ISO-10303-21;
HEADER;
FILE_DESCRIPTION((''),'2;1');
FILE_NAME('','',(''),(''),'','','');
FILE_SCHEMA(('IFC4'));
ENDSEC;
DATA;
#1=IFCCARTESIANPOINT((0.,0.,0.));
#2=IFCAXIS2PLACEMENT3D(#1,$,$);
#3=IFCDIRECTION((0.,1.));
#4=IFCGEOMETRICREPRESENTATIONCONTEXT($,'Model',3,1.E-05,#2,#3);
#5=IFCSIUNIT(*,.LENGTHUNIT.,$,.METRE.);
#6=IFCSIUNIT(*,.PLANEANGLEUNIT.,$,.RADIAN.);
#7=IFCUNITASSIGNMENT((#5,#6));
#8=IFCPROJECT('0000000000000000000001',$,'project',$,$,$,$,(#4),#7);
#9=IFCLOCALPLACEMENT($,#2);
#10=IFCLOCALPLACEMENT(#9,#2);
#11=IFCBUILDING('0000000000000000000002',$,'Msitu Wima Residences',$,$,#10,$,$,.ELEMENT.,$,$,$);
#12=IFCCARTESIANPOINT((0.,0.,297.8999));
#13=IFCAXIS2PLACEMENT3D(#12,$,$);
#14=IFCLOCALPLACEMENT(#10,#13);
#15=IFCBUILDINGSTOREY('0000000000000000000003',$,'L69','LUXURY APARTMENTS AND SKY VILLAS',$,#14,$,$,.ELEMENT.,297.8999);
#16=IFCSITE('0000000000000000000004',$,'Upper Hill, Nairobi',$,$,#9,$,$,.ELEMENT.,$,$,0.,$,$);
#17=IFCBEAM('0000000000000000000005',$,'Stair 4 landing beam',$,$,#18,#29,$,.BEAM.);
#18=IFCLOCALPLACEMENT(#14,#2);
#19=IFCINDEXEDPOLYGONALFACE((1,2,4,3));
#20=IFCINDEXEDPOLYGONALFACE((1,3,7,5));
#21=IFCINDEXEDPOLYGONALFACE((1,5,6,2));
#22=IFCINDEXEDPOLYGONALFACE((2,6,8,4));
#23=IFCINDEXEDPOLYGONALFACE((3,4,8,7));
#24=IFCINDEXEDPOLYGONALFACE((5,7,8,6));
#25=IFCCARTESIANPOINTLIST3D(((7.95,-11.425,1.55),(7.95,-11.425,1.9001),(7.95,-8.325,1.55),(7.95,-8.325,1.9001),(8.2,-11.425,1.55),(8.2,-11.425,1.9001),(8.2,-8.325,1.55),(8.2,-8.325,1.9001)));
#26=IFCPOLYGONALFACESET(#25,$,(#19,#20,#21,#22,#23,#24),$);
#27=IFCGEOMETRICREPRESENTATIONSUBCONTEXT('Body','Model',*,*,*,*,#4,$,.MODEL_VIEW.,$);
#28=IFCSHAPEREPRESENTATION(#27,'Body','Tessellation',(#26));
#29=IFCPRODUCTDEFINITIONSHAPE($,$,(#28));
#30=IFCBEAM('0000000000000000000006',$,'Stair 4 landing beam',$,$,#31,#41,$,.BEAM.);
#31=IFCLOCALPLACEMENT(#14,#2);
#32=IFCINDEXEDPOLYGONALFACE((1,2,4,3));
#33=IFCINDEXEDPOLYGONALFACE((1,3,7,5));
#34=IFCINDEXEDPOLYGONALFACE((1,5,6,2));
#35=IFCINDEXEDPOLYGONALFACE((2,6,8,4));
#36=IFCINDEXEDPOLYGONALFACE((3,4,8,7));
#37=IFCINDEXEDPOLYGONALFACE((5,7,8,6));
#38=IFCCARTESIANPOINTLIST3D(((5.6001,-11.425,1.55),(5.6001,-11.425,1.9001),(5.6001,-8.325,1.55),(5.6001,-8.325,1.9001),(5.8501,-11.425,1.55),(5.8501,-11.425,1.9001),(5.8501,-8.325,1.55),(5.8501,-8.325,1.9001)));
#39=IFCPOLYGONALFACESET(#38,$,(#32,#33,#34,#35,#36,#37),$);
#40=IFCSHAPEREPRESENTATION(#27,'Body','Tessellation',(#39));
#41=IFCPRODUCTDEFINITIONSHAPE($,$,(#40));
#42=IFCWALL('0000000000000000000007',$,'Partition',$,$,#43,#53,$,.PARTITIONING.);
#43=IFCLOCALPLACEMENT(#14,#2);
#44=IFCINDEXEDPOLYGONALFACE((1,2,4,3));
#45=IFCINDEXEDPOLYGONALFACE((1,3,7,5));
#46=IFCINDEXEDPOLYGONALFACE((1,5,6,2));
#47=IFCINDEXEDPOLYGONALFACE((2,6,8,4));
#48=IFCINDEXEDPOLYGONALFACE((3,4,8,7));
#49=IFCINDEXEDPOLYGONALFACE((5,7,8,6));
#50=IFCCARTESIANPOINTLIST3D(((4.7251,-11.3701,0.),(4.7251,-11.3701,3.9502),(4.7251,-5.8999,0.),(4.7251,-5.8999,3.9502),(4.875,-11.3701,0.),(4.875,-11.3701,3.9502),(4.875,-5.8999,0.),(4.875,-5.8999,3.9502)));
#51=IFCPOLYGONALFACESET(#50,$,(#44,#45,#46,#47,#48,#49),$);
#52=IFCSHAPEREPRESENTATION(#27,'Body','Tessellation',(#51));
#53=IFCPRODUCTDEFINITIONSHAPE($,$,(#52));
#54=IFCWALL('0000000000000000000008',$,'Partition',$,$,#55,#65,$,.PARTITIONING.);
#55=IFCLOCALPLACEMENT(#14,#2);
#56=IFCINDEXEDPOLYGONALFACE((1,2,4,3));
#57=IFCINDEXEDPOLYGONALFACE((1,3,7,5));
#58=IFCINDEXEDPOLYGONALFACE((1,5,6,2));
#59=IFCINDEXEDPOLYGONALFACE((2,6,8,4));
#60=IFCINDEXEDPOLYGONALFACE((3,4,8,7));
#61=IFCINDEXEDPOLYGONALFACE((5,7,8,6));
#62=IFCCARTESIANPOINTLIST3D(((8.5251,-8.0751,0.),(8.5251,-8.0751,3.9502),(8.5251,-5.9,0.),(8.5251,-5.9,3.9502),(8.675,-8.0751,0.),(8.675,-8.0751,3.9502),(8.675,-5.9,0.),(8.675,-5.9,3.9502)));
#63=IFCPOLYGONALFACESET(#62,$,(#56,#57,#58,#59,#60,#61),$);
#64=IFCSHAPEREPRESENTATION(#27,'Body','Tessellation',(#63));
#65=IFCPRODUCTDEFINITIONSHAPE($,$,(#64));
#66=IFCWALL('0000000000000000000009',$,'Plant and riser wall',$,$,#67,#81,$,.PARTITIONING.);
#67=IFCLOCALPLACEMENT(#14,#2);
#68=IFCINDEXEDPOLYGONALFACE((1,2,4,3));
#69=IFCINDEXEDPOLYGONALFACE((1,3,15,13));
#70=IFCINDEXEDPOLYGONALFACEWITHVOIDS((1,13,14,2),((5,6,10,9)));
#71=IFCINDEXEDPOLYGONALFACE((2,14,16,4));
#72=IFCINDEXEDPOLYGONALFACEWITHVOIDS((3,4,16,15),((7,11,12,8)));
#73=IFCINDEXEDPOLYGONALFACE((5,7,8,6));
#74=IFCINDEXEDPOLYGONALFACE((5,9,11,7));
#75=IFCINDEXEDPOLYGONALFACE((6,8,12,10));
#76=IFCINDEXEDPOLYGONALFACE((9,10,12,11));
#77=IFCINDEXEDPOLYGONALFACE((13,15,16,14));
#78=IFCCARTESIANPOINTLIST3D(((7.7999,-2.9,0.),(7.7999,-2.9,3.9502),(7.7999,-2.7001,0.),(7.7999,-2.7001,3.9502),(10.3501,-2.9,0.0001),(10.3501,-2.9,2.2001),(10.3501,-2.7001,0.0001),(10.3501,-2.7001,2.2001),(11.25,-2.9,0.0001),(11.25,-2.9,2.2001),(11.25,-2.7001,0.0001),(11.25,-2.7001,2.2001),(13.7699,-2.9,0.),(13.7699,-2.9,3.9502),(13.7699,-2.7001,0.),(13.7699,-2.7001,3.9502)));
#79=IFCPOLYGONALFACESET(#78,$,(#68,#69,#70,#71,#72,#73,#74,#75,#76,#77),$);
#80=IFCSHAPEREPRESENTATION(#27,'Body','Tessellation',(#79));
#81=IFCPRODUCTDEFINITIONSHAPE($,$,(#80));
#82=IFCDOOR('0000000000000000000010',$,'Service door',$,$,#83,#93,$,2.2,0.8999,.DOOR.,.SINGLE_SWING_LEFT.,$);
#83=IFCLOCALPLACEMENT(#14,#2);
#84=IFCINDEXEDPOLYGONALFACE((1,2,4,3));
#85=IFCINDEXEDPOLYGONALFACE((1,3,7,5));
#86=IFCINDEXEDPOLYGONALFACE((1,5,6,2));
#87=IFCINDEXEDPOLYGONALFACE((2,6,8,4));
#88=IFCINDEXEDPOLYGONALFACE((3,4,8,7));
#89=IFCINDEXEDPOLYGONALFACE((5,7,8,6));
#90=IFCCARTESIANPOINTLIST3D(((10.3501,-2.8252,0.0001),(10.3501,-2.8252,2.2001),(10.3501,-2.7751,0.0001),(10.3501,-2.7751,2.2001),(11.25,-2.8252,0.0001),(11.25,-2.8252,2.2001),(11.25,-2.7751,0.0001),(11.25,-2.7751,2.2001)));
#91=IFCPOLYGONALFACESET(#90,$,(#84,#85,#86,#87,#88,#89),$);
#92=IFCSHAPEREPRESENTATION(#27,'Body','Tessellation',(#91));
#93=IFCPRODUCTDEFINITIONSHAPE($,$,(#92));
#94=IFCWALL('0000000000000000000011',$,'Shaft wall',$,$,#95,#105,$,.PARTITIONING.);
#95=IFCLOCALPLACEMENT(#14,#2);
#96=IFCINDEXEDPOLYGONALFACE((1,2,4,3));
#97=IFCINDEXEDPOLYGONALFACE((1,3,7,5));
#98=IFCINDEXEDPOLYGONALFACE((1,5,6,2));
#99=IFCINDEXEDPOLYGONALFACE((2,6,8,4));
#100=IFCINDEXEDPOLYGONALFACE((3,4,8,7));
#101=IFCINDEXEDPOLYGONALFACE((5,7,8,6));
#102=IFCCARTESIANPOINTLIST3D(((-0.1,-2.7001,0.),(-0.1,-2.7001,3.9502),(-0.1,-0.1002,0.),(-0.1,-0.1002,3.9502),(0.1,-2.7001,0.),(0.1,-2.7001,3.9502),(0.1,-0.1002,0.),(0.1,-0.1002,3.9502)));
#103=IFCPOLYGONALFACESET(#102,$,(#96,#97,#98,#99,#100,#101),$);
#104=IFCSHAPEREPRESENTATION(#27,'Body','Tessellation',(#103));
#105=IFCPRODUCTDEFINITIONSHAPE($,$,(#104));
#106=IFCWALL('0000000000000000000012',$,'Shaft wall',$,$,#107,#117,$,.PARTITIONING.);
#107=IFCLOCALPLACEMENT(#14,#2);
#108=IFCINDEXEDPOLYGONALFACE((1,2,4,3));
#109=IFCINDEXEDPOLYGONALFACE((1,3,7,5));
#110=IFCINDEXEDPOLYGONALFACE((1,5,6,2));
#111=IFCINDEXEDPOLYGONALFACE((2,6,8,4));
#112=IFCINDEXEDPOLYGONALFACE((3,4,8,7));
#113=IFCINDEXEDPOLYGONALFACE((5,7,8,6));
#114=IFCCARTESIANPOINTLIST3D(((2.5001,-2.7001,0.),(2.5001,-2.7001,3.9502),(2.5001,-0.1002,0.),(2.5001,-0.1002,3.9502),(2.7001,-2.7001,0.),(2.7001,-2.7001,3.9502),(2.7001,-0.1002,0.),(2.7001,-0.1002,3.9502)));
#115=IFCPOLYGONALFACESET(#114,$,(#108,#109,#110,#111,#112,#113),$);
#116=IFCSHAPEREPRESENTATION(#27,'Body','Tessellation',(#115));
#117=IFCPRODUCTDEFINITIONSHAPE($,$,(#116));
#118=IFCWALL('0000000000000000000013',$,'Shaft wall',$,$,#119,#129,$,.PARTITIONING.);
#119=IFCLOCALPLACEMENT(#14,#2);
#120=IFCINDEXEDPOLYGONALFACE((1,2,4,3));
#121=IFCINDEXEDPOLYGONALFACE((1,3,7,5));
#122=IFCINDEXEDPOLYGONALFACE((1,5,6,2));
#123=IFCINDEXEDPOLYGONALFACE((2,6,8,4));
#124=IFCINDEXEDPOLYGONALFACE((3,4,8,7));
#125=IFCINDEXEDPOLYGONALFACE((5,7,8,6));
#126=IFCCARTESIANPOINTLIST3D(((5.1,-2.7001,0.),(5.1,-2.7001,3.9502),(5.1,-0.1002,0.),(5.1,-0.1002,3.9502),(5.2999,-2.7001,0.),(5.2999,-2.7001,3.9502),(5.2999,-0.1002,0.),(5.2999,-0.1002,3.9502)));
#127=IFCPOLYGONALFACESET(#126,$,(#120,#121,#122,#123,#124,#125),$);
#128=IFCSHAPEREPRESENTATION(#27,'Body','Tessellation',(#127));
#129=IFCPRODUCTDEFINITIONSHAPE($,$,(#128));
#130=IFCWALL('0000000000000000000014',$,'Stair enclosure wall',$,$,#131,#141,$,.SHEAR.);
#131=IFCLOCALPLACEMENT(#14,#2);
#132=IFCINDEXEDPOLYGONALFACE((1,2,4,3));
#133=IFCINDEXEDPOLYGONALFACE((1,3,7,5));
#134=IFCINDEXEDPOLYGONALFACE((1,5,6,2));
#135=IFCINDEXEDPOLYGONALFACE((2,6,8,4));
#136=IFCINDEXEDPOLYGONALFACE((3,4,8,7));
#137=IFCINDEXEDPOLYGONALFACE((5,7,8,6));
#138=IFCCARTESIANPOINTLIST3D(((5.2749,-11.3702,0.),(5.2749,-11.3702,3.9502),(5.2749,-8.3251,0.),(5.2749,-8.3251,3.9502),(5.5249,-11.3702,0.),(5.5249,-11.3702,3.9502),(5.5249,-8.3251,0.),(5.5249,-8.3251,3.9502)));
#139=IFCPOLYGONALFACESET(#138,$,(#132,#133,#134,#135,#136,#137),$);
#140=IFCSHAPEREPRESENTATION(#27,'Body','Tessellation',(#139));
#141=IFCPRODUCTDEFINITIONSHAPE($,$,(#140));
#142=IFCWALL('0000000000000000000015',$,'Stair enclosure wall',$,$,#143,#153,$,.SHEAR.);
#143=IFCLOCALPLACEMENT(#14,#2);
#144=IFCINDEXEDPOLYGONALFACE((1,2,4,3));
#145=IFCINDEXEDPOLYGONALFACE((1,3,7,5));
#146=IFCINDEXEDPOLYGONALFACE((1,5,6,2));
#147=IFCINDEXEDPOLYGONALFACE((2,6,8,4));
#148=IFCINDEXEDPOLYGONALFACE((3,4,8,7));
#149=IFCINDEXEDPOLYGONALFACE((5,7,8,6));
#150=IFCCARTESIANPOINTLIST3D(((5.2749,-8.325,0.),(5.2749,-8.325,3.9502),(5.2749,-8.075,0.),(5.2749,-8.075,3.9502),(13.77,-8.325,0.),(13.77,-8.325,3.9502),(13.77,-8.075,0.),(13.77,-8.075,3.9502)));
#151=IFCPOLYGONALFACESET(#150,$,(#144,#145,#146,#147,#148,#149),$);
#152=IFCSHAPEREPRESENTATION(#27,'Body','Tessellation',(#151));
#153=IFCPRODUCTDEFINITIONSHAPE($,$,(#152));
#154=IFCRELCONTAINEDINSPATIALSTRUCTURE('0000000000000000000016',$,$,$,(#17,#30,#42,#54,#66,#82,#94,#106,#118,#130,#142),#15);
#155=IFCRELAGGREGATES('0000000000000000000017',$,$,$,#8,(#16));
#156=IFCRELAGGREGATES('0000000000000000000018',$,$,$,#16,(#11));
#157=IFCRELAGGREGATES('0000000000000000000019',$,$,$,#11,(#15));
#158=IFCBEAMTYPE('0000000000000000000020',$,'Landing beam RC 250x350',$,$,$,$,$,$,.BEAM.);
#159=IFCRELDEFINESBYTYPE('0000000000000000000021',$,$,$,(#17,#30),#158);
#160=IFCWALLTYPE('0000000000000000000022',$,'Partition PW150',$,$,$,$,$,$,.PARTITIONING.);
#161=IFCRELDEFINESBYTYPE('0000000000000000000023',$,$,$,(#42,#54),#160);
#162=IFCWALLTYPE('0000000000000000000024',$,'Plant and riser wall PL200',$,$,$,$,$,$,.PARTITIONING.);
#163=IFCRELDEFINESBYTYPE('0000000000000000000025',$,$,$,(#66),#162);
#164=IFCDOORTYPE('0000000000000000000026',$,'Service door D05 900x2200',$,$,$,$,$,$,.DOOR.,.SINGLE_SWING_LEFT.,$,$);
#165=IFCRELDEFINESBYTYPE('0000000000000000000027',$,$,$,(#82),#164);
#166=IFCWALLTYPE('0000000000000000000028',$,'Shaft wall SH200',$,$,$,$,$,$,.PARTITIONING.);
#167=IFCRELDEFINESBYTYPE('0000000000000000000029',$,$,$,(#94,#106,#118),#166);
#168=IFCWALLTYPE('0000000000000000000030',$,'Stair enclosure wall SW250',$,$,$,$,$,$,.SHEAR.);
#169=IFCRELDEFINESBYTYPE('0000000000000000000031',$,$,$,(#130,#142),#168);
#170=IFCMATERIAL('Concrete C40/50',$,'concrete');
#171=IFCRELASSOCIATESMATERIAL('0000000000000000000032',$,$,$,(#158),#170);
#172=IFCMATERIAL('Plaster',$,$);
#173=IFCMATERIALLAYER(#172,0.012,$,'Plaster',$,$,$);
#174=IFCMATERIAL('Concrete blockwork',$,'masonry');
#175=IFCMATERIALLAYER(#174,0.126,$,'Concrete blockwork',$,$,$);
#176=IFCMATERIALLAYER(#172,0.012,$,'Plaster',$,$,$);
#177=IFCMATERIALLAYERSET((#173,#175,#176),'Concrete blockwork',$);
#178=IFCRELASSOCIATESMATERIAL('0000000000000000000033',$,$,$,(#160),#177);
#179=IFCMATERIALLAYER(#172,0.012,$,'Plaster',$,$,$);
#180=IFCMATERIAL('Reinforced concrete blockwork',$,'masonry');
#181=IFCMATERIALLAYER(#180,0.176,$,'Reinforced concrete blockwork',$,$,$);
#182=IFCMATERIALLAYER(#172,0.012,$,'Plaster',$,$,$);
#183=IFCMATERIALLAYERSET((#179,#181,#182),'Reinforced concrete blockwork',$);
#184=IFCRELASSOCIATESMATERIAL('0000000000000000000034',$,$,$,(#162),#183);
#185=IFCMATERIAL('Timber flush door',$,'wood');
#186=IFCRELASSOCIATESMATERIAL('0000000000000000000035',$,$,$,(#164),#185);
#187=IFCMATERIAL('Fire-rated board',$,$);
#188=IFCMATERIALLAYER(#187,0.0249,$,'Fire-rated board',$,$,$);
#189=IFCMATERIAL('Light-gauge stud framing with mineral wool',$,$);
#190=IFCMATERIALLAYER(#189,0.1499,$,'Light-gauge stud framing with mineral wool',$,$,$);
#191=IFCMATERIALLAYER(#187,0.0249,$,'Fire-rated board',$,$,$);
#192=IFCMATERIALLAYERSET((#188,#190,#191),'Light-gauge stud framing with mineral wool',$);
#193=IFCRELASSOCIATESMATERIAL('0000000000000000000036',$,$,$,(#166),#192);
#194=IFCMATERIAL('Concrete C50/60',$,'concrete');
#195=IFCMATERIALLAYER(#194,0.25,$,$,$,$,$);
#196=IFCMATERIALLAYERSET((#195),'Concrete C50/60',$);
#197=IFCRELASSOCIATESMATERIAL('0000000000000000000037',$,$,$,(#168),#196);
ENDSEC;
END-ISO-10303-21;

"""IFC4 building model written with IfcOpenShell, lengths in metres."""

from ifc_helpers import new_model, si_unit, direction, frame, frame_2d, origin, origin_2d, place, context, subcontext, project, spatial, rectangle, extrude, material, layer, layer_set, material_profile, profile_set, type_object, element, fill, save


model = new_model("IFC4")

# Units and contexts
model_context = context("Model", 3, precision=1e-05, world=origin(), true_north=direction((0.0, 1.0)))
body_context = subcontext(model_context, "Body", "Model", "MODEL_VIEW")
ifc_project = project(units=[si_unit("LENGTHUNIT", "METRE"), si_unit("PLANEANGLEUNIT", "RADIAN")], contexts=[model_context])

# Site, building, storey
site_placement = place(None, origin())
site = spatial("IfcSite", under=ifc_project, at=site_placement, Name="Upper Hill, Nairobi", CompositionType="ELEMENT", RefElevation=0.0)
building_placement = place(site_placement, origin())
building = spatial("IfcBuilding", under=site, at=building_placement, Name="Msitu Wima Residences", CompositionType="ELEMENT")
storey_placement = place(building_placement, frame((0.0, 0.0, 297.8999)))
storey = spatial("IfcBuildingStorey", under=building, at=storey_placement, Name="L69", Description="LUXURY APARTMENTS AND SKY VILLAS", CompositionType="ELEMENT", Elevation=297.8999)

# Beams
ifc_material_1 = material(Name="Concrete C40/50", Category="concrete")
ifc_material_profile = material_profile(ifc_material_1, rectangle(XDim=0.25, YDim=0.3501, at=origin_2d()), Name="RC 250x350")
ifc_profile_set = profile_set([ifc_material_profile], Name="Concrete C40/50")
beam_type = type_object("IfcBeamType", Name="Landing beam RC 250x350", PredefinedType="BEAM", material=ifc_profile_set)
for number, where, z_axis, x_axis, name in (
    (1, (8.075, -11.425, 1.7251), (0.0, 1.0, 0.0), (-1.0, 0.0, 0.0), "Stair 4 landing beam"),
    (2, (5.7251, -11.425, 1.7251), (0.0, 1.0, 0.0), (-1.0, 0.0, 0.0), "Stair 4 landing beam"),
):
    element("IfcBeam", number, at=place(storey_placement, frame(where, z_axis=z_axis, x_axis=x_axis)), inside=storey, type_object=beam_type, Name=name, PredefinedType="BEAM", context=body_context, shape_type="SweptSolid", body=[
        extrude(rectangle(XDim=0.25, YDim=0.3501, at=origin_2d()), origin(), (0.0, 0.0, 1.0), 3.1001),
    ])

# Shared definitions
ifc_material_2 = material(Name="Concrete C50/60", Category="concrete")

# Shared definitions
ifc_material_3 = material(Name="Plaster")
ifc_material_4 = material(Name="Concrete blockwork", Category="masonry")

# Walls
ifc_layer_1 = layer(ifc_material_3, 0.012, Name="Plaster")
ifc_layer_2 = layer(ifc_material_4, 0.126, Name="Concrete blockwork")
ifc_layer_3 = layer(ifc_material_3, 0.012, Name="Plaster")
ifc_layer_set_1 = layer_set([ifc_layer_1, ifc_layer_2, ifc_layer_3], Name="Concrete blockwork")
wall_type_1 = type_object("IfcWallType", Name="Partition PW150", PredefinedType="PARTITIONING", material=ifc_layer_set_1)
wall_1_placement = place(storey_placement, frame((4.8, -11.3701, 0.0), z_axis=(0.0, 0.0, 1.0), x_axis=(0.0, 1.0, 0.0)))
element("IfcWall", 3, at=wall_1_placement, inside=storey, type_object=wall_type_1, Name="Partition", PredefinedType="PARTITIONING", context=body_context, shape_type="SweptSolid", body=[
    extrude(rectangle(XDim=5.4702, YDim=0.1499, at=frame_2d((2.7351, 0.0))), origin(), (0.0, 0.0, 1.0), 3.9502),
])
wall_2_placement = place(storey_placement, frame((8.6001, -8.075, 0.0), z_axis=(0.0, 0.0, 1.0), x_axis=(0.0, 1.0, 0.0)))
element("IfcWall", 4, at=wall_2_placement, inside=storey, type_object=wall_type_1, Name="Partition", PredefinedType="PARTITIONING", context=body_context, shape_type="SweptSolid", body=[
    extrude(rectangle(XDim=2.175, YDim=0.1499, at=frame_2d((1.0874, 0.0))), origin(), (0.0, 0.0, 1.0), 3.9502),
])

# Wall, opening, door
ifc_layer_4 = layer(ifc_material_3, 0.012, Name="Plaster")
ifc_material_5 = material(Name="Reinforced concrete blockwork", Category="masonry")
ifc_layer_5 = layer(ifc_material_5, 0.176, Name="Reinforced concrete blockwork")
ifc_layer_6 = layer(ifc_material_3, 0.012, Name="Plaster")
ifc_layer_set_2 = layer_set([ifc_layer_4, ifc_layer_5, ifc_layer_6], Name="Reinforced concrete blockwork")
wall_type_2 = type_object("IfcWallType", Name="Plant and riser wall PL200", PredefinedType="PARTITIONING", material=ifc_layer_set_2)
wall_3_placement = place(storey_placement, frame((7.8, -2.8, 0.0), z_axis=(0.0, 0.0, 1.0), x_axis=(1.0, 0.0, 0.0)))
wall_3 = element("IfcWall", 5, at=wall_3_placement, inside=storey, type_object=wall_type_2, Name="Plant and riser wall", PredefinedType="PARTITIONING", context=body_context, shape_type="SweptSolid", body=[
    extrude(rectangle(XDim=5.97, YDim=0.2, at=frame_2d((2.9849, 0.0))), origin(), (0.0, 0.0, 1.0), 3.9502),
])
opening_1_placement = place(wall_3_placement, frame((2.55, 0.0, 0.0)))
opening_1 = element("IfcOpeningElement", 6, at=opening_1_placement, cuts=wall_3, PredefinedType="OPENING", context=body_context, shape_type="SweptSolid", body=[
    extrude(rectangle(XDim=0.8999, YDim=2.2, at=frame_2d((0.45, 1.1001))), frame((0.0, 0.1099, 0.0), z_axis=(0.0, -1.0, 0.0), x_axis=(1.0, 0.0, 0.0)), (0.0, 0.0, 1.0), 0.22),
])
ifc_material_6 = material(Name="Timber flush door", Category="wood")
door_type_1 = type_object("IfcDoorType", Name="Service door D05 900x2200", OperationType="SINGLE_SWING_LEFT", PredefinedType="DOOR", material=ifc_material_6)
door_1_placement = place(opening_1_placement, origin())
door_1 = element("IfcDoor", 7, at=door_1_placement, inside=storey, type_object=door_type_1, Name="Service door", OperationType="SINGLE_SWING_LEFT", OverallHeight=2.2, OverallWidth=0.8999, PredefinedType="DOOR", context=body_context, shape_type="SweptSolid", body=[
    extrude(rectangle(XDim=0.8999, YDim=2.2, at=frame_2d((0.45, 1.1001))), frame((0.0, 0.0249, 0.0), z_axis=(0.0, -1.0, 0.0), x_axis=(1.0, 0.0, 0.0)), (0.0, 0.0, 1.0), 0.05),
])
fill(opening_1, door_1)

# Walls
ifc_material_7 = material(Name="Fire-rated board")
ifc_layer_7 = layer(ifc_material_7, 0.0249, Name="Fire-rated board")
ifc_material_8 = material(Name="Light-gauge stud framing with mineral wool")
ifc_layer_8 = layer(ifc_material_8, 0.1499, Name="Light-gauge stud framing with mineral wool")
ifc_layer_9 = layer(ifc_material_7, 0.0249, Name="Fire-rated board")
ifc_layer_set_3 = layer_set([ifc_layer_7, ifc_layer_8, ifc_layer_9], Name="Light-gauge stud framing with mineral wool")
wall_type_3 = type_object("IfcWallType", Name="Shaft wall SH200", PredefinedType="PARTITIONING", material=ifc_layer_set_3)
for number, where, z_axis, x_axis, name in (
    (8, (0.0, -2.7, 0.0), (0.0, 0.0, 1.0), (0.0, 1.0, 0.0), "Shaft wall"),
    (9, (2.6001, -2.7, 0.0), (0.0, 0.0, 1.0), (0.0, 1.0, 0.0), "Shaft wall"),
    (10, (5.2, -2.7, 0.0), (0.0, 0.0, 1.0), (0.0, 1.0, 0.0), "Shaft wall"),
):
    element("IfcWall", number, at=place(storey_placement, frame(where, z_axis=z_axis, x_axis=x_axis)), inside=storey, type_object=wall_type_3, Name=name, PredefinedType="PARTITIONING", context=body_context, shape_type="SweptSolid", body=[
        extrude(rectangle(XDim=2.5999, YDim=0.2, at=frame_2d((1.2998, 0.0))), origin(), (0.0, 0.0, 1.0), 3.9502),
    ])
ifc_layer_10 = layer(ifc_material_2, 0.25)
ifc_layer_set_4 = layer_set([ifc_layer_10], Name="Concrete C50/60")
wall_type_4 = type_object("IfcWallType", Name="Stair enclosure wall SW250", PredefinedType="SHEAR", material=ifc_layer_set_4)
wall_4_placement = place(storey_placement, frame((5.3999, -11.3701, 0.0), z_axis=(0.0, 0.0, 1.0), x_axis=(0.0, 1.0, 0.0)))
element("IfcWall", 11, at=wall_4_placement, inside=storey, type_object=wall_type_4, Name="Stair enclosure wall", PredefinedType="SHEAR", context=body_context, shape_type="SweptSolid", body=[
    extrude(rectangle(XDim=3.0452, YDim=0.25, at=frame_2d((1.5225, 0.0))), origin(), (0.0, 0.0, 1.0), 3.9502),
])
wall_5_placement = place(storey_placement, frame((5.2749, -8.2, 0.0), z_axis=(0.0, 0.0, 1.0), x_axis=(1.0, 0.0, 0.0)))
element("IfcWall", 12, at=wall_5_placement, inside=storey, type_object=wall_type_4, Name="Stair enclosure wall", PredefinedType="SHEAR", context=body_context, shape_type="SweptSolid", body=[
    extrude(rectangle(XDim=8.4951, YDim=0.25, at=frame_2d((4.2476, 0.0))), origin(), (0.0, 0.0, 1.0), 3.9502),
])

save(model, "model.ifc")
